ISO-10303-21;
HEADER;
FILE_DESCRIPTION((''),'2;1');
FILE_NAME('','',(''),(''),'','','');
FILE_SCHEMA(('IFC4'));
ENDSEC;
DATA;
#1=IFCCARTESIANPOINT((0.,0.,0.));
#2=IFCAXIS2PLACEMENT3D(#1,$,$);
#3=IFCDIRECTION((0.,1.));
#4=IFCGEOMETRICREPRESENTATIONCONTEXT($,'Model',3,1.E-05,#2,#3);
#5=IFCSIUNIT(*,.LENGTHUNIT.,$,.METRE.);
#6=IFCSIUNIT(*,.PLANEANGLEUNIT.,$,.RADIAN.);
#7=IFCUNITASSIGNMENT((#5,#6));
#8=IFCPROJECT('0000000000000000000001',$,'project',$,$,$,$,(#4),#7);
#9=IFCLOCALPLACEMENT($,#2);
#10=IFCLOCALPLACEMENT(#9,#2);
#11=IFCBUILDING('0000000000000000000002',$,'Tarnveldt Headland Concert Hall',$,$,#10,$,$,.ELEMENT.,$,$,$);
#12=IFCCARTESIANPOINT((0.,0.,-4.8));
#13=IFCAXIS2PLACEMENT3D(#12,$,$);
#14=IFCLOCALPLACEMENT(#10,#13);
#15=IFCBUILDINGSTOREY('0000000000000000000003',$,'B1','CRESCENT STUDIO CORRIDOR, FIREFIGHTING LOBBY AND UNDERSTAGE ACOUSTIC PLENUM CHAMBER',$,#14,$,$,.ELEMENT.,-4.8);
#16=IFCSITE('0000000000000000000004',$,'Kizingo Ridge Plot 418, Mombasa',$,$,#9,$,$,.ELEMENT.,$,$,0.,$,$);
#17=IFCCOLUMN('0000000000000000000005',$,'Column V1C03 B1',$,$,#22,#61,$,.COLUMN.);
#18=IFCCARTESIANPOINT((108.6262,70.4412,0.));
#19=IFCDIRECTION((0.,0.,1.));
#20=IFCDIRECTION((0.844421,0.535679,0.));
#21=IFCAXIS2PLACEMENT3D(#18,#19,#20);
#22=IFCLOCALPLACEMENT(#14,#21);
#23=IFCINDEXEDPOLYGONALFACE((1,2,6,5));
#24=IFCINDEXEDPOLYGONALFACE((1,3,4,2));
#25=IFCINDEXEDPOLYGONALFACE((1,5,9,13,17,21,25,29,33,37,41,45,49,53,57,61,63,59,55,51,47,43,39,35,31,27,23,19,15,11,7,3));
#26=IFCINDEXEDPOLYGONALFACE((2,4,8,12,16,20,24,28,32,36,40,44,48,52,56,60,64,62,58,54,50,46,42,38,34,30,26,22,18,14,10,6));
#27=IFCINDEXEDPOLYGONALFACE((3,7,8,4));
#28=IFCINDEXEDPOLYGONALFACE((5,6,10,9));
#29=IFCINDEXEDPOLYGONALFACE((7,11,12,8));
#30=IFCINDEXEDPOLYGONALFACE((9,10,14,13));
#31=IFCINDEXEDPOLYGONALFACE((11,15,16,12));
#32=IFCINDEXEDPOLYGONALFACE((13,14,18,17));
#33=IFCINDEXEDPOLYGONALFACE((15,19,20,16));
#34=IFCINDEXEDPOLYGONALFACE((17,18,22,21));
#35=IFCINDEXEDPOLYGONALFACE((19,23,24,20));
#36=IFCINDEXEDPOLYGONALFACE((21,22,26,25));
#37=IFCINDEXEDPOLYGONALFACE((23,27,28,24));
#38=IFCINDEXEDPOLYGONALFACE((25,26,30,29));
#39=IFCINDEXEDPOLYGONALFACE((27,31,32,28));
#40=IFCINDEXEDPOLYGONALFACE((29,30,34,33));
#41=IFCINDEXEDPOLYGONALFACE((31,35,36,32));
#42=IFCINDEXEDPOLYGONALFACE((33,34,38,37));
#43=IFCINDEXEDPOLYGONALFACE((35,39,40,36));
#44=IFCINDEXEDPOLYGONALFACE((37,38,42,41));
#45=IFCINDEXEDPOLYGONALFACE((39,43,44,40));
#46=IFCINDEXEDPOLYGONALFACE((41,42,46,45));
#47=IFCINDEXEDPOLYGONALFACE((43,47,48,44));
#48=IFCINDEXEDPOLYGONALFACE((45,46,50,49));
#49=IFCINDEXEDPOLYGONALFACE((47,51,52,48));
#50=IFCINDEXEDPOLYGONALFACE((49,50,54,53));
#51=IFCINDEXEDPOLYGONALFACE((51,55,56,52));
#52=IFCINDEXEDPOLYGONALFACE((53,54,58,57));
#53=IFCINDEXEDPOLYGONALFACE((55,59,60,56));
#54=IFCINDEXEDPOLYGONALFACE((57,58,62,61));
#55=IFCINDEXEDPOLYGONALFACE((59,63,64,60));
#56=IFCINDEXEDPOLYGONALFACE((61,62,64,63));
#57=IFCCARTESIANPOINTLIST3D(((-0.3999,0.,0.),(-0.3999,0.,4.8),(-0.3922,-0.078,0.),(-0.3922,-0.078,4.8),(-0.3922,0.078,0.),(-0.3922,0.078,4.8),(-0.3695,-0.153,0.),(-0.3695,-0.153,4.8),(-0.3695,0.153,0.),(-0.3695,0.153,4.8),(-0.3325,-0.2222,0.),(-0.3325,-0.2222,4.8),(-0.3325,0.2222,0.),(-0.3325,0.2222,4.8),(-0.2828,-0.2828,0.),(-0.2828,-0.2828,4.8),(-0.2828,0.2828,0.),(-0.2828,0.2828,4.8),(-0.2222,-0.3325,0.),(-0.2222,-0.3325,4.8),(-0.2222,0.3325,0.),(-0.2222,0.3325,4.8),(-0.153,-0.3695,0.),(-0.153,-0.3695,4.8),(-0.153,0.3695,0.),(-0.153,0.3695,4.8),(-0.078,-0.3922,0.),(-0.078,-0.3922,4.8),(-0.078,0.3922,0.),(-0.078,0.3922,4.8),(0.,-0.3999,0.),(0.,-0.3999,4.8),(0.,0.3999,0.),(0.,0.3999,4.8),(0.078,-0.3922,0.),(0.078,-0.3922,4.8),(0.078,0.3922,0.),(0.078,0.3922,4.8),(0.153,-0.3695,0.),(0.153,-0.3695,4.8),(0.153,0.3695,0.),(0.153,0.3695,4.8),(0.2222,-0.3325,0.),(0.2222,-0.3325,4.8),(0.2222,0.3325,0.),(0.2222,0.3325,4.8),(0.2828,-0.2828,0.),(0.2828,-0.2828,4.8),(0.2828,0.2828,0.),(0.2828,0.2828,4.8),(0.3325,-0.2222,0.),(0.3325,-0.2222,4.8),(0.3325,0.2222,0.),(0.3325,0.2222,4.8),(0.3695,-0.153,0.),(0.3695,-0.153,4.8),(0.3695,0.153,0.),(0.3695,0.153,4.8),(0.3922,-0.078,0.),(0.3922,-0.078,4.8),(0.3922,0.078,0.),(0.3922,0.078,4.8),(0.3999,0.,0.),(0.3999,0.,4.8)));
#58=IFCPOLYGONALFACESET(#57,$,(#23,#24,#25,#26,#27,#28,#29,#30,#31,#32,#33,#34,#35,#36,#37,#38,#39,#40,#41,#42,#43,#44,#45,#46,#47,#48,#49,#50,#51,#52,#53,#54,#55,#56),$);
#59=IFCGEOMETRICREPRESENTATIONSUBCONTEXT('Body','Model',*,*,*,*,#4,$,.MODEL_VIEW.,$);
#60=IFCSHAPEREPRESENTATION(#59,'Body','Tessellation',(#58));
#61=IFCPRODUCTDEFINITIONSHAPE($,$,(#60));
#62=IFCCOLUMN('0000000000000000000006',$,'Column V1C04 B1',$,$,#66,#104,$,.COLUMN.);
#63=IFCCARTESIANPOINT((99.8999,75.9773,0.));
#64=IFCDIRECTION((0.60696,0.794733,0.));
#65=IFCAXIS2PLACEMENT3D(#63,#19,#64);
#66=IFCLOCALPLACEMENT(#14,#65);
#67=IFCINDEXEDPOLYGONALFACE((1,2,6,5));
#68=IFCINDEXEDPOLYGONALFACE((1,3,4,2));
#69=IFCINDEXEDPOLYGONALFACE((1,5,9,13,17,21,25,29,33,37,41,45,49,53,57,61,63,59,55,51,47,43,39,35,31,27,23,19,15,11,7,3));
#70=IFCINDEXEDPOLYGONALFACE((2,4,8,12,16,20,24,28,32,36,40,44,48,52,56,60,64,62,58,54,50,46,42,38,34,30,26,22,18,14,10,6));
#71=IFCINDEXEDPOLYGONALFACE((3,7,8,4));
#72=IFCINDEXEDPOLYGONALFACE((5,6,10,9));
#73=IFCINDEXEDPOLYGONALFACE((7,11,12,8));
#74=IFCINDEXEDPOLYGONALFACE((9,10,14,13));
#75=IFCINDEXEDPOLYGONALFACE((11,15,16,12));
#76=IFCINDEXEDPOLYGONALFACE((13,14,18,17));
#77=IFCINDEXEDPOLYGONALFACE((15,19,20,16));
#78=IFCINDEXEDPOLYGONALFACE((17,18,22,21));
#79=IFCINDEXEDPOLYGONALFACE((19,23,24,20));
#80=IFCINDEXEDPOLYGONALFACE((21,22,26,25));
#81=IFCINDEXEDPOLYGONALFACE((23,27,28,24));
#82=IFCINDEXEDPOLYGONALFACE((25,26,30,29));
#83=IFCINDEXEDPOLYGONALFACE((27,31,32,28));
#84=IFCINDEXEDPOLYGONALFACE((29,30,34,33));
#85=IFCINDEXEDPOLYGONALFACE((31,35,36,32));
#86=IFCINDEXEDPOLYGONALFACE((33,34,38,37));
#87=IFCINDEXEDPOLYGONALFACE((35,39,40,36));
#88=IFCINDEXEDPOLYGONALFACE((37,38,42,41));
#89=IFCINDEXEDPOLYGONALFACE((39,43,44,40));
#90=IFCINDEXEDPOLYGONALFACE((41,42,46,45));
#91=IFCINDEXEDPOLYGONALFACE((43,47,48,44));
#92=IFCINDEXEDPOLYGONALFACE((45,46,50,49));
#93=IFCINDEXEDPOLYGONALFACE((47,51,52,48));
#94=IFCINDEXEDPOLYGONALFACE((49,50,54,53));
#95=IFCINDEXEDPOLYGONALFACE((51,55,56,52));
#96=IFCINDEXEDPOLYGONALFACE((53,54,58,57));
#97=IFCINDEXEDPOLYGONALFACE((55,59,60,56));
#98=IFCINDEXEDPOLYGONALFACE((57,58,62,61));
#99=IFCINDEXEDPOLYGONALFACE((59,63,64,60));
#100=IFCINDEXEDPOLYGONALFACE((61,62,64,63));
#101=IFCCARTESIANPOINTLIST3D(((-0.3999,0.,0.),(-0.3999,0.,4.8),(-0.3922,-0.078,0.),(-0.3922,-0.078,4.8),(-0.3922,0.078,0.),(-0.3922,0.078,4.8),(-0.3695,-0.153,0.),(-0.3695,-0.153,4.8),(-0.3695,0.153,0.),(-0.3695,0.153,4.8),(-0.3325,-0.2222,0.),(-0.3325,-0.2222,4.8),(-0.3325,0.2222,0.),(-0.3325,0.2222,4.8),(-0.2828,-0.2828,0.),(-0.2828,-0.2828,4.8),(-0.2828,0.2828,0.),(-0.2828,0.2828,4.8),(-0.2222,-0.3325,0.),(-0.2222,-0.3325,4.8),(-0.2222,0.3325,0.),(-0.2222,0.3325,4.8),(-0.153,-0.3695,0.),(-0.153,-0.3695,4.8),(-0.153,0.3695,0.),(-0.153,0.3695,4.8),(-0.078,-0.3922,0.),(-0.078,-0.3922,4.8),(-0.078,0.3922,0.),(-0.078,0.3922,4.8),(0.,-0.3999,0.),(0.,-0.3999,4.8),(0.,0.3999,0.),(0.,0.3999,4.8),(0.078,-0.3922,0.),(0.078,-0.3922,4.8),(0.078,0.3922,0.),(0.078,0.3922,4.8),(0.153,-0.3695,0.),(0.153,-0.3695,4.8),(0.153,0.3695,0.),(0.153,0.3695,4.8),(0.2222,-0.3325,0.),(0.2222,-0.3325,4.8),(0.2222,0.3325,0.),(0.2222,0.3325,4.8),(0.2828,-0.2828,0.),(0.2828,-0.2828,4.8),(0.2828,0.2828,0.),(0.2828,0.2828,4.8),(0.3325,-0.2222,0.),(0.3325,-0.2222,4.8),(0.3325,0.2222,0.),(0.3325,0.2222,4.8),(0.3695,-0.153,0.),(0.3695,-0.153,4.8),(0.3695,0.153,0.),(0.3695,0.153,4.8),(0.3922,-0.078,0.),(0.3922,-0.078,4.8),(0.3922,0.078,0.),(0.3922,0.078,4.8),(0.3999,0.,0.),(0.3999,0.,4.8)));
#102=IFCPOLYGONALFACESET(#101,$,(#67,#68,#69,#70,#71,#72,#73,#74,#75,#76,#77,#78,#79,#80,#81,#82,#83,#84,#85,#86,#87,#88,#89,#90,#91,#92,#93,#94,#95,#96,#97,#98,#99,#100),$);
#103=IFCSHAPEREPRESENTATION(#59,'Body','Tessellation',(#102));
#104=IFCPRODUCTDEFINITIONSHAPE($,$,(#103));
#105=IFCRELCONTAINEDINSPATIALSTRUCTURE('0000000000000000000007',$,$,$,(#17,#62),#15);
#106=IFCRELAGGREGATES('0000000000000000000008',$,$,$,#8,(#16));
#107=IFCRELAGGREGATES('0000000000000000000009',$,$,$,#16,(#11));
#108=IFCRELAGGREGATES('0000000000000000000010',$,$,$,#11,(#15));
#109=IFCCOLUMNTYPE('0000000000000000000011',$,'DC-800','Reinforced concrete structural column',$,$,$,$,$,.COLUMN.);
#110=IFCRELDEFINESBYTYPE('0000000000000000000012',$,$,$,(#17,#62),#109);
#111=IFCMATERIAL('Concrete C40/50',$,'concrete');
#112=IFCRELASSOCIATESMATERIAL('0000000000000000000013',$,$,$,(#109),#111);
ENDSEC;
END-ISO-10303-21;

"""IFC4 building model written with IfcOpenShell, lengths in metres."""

from ifc_helpers import new_model, si_unit, direction, frame, origin, origin_2d, place, context, subcontext, project, spatial, circle, extrude, material, material_profile, profile_set, type_object, element, save


model = new_model("IFC4")

# Units and contexts
model_context = context("Model", 3, precision=1e-05, world=origin(), true_north=direction((0.0, 1.0)))
body_context = subcontext(model_context, "Body", "Model", "MODEL_VIEW")
ifc_project = project(units=[si_unit("LENGTHUNIT", "METRE"), si_unit("PLANEANGLEUNIT", "RADIAN")], contexts=[model_context])

# Site, building, storey
site_placement = place(None, origin())
site = spatial("IfcSite", under=ifc_project, at=site_placement, Name="Kizingo Ridge Plot 418, Mombasa", CompositionType="ELEMENT", RefElevation=0.0)
building_placement = place(site_placement, origin())
building = spatial("IfcBuilding", under=site, at=building_placement, Name="Tarnveldt Headland Concert Hall", CompositionType="ELEMENT")
storey_placement = place(building_placement, frame((0.0, 0.0, -4.8)))
storey = spatial("IfcBuildingStorey", under=building, at=storey_placement, Name="B1", Description="CRESCENT STUDIO CORRIDOR, FIREFIGHTING LOBBY AND UNDERSTAGE ACOUSTIC PLENUM CHAMBER", CompositionType="ELEMENT", Elevation=-4.8)

# Shared definitions
ifc_material_1 = material(Name="Concrete C40/50", Category="concrete")

# Columns
ifc_material_profile_1 = material_profile(ifc_material_1, circle(Radius=0.3999, at=origin_2d()), Name="RC D800", Category="concrete")
ifc_profile_set_1 = profile_set([ifc_material_profile_1], Name="Concrete C40/50")
column_type_1 = type_object("IfcColumnType", Name="DC-800", Description="Reinforced concrete structural column", PredefinedType="COLUMN", material=ifc_profile_set_1)
for number, where, z_axis, x_axis, name in (
    (1, (108.6262, 70.4412, 0.0), (0.0, 0.0, 1.0), (0.844421, 0.535679, 0.0), "Column V1C03 B1"),
    (2, (99.8999, 75.9773, 0.0), (0.0, 0.0, 1.0), (0.60696, 0.794733, 0.0), "Column V1C04 B1"),
):
    element("IfcColumn", number, at=place(storey_placement, frame(where, z_axis=z_axis, x_axis=x_axis)), inside=storey, type_object=column_type_1, Name=name, PredefinedType="COLUMN", context=body_context, shape_type="SweptSolid", body=[
        extrude(circle(Radius=0.3999, at=origin_2d()), origin(), (0.0, 0.0, 1.0), 4.8),
    ])

save(model, "model.ifc")
